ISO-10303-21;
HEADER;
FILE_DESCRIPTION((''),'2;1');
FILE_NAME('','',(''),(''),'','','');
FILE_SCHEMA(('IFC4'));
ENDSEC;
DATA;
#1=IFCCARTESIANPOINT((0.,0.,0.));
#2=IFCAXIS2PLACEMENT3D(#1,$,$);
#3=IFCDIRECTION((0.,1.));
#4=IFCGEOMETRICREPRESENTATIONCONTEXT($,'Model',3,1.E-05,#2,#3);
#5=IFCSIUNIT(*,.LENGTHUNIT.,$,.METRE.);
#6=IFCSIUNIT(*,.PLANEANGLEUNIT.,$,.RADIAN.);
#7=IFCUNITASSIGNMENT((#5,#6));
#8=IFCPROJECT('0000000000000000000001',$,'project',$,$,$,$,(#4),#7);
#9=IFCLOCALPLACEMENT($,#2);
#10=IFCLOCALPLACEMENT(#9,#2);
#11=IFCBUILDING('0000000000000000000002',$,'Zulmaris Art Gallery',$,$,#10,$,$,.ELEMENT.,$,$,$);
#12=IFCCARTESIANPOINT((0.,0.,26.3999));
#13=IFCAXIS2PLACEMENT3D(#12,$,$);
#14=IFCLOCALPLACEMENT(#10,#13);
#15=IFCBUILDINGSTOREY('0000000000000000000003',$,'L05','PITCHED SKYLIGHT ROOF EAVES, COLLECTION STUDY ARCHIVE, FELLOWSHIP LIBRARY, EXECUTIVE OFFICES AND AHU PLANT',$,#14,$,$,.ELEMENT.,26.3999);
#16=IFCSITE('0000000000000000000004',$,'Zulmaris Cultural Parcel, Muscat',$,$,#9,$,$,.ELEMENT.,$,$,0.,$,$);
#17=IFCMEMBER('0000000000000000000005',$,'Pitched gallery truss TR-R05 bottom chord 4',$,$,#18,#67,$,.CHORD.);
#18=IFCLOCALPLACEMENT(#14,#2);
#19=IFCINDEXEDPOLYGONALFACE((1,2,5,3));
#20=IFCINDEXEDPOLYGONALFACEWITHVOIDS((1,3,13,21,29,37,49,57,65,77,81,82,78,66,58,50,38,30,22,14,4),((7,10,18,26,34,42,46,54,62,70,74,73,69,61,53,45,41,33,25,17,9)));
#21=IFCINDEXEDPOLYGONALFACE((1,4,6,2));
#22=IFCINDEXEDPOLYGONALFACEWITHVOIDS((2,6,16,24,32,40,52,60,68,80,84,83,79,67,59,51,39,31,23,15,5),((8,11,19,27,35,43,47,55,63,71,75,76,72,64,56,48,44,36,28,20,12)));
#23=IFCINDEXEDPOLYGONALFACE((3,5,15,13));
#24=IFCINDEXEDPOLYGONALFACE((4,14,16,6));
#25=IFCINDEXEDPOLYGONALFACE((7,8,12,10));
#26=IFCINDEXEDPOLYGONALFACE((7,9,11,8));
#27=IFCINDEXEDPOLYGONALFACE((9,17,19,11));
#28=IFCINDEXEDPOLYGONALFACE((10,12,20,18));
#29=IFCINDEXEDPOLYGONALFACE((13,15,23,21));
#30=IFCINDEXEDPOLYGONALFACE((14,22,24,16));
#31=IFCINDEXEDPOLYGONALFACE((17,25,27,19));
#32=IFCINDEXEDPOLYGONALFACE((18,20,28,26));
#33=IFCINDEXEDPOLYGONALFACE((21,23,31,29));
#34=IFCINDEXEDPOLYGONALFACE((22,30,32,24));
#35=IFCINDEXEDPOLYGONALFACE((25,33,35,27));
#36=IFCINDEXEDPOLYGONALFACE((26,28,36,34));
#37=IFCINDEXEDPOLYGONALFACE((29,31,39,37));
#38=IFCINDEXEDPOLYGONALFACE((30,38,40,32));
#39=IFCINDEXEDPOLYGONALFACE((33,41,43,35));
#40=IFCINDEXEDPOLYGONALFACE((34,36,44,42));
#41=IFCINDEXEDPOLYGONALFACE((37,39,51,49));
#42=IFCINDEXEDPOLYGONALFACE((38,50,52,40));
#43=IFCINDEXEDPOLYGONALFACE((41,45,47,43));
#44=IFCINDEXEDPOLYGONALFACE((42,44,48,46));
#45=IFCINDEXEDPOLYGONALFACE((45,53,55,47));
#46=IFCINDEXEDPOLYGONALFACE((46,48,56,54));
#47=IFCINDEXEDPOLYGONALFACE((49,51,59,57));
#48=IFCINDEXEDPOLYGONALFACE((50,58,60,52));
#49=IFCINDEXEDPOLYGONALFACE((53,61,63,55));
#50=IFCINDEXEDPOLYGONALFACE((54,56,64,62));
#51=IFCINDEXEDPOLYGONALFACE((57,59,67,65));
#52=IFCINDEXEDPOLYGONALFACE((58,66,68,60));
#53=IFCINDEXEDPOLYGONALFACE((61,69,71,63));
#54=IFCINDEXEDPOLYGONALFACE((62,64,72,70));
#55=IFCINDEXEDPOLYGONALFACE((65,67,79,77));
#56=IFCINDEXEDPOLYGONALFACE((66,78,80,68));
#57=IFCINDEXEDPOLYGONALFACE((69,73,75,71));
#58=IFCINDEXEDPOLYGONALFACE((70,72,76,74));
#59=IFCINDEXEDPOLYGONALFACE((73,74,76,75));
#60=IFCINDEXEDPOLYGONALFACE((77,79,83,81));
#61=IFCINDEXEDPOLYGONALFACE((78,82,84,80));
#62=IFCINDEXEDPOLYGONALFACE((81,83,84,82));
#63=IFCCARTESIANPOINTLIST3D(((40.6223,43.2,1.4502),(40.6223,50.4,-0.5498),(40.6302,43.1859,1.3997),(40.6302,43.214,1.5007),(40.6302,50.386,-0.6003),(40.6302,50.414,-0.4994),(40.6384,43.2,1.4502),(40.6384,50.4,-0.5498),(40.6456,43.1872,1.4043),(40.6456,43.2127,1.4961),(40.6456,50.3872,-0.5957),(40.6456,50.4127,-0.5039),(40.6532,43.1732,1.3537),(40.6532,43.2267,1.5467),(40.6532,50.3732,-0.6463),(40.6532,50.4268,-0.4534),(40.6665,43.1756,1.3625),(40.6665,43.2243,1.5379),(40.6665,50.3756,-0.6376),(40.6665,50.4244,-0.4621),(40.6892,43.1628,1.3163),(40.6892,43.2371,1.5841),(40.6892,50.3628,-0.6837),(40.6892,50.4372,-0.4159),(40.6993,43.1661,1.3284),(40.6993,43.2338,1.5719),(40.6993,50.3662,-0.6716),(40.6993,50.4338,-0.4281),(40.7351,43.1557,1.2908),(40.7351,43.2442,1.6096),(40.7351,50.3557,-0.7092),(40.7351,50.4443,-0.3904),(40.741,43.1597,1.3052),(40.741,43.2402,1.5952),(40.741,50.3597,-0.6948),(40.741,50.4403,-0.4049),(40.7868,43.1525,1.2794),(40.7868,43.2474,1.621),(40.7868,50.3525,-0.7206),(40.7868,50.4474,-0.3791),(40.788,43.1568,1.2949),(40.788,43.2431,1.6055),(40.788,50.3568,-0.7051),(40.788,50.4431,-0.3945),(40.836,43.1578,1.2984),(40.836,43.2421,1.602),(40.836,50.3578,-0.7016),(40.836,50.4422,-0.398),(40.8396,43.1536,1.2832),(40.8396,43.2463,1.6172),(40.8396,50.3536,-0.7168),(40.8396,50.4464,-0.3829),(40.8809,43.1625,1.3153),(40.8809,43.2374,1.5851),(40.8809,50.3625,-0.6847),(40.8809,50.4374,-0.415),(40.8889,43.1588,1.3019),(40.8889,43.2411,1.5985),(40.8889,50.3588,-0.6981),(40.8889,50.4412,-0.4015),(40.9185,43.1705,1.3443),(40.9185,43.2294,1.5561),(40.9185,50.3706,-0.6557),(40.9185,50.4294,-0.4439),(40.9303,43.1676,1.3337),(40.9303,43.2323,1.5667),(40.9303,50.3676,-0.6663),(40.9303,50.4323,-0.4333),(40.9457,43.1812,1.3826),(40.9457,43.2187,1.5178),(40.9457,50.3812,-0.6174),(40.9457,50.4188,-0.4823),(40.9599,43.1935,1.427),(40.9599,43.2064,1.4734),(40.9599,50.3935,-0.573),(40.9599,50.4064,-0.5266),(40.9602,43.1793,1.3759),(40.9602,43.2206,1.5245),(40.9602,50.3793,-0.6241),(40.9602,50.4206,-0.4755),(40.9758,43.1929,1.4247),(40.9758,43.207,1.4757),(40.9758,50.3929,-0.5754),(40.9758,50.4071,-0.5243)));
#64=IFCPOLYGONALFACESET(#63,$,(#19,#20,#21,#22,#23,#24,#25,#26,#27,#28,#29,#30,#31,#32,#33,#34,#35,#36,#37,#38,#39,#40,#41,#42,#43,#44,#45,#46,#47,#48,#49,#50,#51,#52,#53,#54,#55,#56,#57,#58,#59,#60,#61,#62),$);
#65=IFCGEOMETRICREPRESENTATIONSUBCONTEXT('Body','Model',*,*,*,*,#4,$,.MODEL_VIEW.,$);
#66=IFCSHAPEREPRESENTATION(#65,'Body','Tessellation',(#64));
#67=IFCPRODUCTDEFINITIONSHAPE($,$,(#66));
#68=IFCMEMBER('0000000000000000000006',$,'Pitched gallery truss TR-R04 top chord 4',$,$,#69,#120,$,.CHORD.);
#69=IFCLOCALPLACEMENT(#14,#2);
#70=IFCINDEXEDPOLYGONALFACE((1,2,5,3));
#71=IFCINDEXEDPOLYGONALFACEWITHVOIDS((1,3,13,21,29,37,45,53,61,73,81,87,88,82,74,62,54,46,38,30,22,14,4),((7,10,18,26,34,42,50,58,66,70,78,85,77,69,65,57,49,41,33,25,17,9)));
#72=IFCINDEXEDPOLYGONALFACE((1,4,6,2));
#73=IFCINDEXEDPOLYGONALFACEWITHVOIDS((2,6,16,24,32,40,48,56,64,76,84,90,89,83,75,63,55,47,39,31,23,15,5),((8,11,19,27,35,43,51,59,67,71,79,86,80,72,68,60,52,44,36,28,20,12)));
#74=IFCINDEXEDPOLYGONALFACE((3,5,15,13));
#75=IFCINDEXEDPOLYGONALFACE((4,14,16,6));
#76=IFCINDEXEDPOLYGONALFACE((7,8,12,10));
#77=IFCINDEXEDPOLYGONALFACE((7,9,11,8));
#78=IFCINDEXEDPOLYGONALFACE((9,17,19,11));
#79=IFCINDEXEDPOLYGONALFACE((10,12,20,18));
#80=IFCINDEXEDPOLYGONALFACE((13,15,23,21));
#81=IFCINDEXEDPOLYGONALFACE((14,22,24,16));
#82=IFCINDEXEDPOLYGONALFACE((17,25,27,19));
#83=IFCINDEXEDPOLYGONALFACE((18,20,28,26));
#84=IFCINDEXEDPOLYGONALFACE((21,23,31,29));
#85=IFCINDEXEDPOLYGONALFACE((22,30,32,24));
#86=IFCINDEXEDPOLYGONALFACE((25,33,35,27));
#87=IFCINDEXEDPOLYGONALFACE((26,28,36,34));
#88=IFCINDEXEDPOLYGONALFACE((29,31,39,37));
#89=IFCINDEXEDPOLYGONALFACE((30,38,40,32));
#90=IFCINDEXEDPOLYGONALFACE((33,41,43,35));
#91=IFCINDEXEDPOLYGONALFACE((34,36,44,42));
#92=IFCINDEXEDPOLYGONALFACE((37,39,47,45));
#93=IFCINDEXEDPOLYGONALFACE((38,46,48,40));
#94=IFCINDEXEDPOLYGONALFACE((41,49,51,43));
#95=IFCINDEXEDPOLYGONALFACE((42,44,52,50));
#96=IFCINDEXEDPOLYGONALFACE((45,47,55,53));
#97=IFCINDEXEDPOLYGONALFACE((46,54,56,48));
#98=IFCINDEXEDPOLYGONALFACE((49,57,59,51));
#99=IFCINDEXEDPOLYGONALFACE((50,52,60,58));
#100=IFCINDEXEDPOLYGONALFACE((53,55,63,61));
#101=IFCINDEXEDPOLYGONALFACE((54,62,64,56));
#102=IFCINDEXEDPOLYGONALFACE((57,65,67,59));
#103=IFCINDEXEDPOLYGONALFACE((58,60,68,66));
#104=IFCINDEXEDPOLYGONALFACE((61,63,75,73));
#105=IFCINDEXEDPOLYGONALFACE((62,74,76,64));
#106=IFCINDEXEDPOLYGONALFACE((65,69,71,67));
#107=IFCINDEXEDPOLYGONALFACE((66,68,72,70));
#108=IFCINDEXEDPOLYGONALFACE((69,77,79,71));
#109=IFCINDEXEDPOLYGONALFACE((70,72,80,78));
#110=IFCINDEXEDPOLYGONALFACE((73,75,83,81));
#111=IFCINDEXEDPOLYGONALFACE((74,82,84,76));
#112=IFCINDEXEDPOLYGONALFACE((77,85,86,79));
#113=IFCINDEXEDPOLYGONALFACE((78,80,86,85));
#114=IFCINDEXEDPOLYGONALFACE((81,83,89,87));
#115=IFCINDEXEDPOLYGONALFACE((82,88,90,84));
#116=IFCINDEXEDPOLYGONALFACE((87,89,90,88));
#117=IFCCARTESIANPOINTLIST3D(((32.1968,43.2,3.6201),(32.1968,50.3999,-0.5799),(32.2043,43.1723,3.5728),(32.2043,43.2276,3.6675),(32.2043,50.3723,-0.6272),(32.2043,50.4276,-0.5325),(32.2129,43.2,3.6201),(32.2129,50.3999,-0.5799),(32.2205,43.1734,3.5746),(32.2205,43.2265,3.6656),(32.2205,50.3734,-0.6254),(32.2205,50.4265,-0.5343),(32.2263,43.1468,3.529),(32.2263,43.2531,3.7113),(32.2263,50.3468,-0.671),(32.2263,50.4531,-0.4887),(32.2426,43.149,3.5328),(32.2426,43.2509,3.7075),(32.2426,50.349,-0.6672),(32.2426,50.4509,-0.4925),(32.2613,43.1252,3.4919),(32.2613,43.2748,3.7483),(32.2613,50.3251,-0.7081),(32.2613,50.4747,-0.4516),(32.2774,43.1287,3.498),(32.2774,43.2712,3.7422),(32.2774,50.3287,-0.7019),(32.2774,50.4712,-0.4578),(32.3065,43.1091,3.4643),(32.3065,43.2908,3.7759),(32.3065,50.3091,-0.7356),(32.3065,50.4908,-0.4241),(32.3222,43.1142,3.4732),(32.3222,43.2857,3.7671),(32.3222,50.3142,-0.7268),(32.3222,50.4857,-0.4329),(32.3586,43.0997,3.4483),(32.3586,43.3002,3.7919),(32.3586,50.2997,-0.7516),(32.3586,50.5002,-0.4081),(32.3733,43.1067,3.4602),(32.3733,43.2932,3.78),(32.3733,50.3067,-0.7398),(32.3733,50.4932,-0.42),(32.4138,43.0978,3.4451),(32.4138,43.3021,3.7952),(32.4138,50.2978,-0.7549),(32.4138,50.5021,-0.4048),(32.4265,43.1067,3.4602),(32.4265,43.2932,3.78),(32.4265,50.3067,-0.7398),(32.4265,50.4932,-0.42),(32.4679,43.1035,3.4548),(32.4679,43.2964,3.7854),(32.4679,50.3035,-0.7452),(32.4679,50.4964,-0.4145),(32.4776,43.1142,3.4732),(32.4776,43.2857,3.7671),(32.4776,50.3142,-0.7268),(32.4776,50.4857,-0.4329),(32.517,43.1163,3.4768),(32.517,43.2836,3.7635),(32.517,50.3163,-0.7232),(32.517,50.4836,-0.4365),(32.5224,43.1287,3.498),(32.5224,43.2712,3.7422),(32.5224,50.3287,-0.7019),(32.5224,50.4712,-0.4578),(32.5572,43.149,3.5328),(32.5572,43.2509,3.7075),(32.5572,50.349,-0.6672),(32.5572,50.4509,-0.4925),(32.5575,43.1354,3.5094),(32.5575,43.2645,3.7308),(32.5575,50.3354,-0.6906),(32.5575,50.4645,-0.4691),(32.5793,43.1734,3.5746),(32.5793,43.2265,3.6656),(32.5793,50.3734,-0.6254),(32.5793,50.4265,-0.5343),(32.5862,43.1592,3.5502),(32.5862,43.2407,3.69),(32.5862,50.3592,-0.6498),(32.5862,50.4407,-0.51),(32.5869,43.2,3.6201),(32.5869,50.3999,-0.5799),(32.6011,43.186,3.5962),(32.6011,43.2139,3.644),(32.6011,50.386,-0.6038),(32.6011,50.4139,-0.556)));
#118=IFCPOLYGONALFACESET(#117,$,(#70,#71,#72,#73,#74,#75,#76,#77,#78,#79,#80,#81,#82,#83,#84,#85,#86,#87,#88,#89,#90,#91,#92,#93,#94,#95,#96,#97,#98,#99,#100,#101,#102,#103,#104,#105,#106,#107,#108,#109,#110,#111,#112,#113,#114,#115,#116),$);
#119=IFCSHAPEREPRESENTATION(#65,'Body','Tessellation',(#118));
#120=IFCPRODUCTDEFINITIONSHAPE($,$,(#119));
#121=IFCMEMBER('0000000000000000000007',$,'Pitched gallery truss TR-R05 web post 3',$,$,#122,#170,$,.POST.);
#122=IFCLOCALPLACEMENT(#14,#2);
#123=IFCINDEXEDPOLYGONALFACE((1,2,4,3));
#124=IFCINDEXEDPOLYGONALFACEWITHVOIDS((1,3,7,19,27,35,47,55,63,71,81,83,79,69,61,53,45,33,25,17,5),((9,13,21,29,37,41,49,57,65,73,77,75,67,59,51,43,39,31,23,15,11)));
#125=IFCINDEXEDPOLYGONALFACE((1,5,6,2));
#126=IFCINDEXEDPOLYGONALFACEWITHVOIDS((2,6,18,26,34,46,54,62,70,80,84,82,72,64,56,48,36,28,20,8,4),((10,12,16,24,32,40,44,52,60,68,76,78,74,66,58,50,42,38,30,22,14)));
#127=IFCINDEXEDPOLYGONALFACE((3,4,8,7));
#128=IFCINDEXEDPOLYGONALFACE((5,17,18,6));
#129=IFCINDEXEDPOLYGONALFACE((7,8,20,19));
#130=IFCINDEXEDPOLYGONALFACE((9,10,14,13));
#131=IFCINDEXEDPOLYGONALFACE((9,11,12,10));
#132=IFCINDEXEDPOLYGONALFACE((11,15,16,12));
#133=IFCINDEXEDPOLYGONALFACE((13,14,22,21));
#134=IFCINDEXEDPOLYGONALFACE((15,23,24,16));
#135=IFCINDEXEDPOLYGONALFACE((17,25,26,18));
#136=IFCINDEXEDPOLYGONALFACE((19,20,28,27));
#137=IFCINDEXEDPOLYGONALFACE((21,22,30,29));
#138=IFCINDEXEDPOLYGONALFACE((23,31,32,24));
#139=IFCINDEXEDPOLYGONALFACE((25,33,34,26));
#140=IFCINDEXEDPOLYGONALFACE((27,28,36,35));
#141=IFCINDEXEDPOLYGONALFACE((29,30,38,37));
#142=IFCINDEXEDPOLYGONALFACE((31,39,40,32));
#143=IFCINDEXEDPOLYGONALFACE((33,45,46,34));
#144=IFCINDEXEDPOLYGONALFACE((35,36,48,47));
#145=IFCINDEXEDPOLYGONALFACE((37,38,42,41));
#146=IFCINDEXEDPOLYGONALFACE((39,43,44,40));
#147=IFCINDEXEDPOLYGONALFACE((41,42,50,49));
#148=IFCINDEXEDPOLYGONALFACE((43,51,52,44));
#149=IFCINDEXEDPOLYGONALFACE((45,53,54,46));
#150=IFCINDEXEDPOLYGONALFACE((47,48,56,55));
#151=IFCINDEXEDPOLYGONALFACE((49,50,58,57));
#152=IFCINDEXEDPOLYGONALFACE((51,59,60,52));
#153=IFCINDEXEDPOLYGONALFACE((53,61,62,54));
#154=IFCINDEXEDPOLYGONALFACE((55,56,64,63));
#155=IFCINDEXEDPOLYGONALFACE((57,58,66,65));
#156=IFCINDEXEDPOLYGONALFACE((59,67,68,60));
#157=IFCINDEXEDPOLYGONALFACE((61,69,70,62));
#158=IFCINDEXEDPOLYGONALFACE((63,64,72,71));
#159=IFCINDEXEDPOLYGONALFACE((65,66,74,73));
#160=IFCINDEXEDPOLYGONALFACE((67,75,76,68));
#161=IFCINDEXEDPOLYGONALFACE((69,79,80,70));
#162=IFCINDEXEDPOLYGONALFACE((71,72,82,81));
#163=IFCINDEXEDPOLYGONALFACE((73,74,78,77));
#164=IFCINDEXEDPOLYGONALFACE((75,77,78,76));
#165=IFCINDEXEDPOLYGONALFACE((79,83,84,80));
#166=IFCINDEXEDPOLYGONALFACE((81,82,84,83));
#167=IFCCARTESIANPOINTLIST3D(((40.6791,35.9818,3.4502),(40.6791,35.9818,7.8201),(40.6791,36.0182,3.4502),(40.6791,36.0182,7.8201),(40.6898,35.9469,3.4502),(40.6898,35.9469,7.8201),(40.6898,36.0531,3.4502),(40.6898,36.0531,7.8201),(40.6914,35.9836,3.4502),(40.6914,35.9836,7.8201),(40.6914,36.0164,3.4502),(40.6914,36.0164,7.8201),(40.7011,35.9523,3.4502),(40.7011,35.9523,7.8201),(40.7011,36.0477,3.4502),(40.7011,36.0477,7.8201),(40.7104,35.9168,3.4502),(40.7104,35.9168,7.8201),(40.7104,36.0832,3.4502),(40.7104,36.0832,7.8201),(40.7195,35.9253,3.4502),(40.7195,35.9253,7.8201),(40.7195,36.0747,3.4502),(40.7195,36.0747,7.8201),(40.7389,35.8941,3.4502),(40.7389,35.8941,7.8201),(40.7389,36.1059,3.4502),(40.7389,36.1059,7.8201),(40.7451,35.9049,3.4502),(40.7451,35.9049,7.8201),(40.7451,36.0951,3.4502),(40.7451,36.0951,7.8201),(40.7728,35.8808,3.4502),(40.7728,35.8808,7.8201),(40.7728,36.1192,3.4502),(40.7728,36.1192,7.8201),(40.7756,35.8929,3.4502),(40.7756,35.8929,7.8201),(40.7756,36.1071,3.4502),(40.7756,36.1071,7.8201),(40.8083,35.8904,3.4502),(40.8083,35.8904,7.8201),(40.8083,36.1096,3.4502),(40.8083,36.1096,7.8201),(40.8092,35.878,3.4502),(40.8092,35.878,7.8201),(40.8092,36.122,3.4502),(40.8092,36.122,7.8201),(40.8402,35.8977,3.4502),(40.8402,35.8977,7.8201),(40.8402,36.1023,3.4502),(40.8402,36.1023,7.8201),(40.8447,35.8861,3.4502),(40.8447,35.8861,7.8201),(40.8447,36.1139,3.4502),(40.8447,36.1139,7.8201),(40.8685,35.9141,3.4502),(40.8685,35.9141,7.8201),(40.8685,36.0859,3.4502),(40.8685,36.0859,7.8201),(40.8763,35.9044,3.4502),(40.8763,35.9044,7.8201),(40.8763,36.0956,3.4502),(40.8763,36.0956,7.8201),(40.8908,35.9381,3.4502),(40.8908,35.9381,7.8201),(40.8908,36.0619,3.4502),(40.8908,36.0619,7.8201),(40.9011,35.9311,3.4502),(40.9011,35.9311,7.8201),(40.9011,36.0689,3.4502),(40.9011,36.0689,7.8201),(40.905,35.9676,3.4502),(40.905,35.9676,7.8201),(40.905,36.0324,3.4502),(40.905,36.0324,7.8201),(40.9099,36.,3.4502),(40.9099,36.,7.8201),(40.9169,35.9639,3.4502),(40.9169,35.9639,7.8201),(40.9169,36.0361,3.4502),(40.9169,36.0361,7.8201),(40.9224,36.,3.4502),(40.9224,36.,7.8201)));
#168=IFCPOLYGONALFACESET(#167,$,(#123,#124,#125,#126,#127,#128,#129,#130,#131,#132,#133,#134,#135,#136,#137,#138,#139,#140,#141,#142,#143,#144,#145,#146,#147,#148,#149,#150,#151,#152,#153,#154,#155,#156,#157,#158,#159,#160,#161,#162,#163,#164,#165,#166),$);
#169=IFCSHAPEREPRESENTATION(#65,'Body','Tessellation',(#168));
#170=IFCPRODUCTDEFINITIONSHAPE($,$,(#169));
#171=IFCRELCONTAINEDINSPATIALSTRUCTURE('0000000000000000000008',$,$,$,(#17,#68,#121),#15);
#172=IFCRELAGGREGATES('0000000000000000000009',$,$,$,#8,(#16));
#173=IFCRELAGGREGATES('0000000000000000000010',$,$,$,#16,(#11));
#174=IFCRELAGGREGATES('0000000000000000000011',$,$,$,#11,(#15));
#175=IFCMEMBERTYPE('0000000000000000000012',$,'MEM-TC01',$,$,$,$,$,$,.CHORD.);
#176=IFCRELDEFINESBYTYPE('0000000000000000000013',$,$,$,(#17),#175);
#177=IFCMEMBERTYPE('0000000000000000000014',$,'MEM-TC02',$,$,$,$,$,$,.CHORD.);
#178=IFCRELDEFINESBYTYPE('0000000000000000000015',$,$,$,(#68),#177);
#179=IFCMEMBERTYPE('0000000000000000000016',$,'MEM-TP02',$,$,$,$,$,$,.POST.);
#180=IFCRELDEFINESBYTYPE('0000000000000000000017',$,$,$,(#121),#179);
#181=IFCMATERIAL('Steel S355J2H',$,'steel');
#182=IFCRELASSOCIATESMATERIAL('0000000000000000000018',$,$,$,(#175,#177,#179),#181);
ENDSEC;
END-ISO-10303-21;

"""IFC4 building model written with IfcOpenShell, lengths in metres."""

from ifc_helpers import new_model, si_unit, direction, frame, origin, origin_2d, place, context, subcontext, project, spatial, hollow_circle, extrude, material, material_profile, profile_set, type_object, element, save


model = new_model("IFC4")

# Units and contexts
model_context = context("Model", 3, precision=1e-05, world=origin(), true_north=direction((0.0, 1.0)))
body_context = subcontext(model_context, "Body", "Model", "MODEL_VIEW")
ifc_project = project(units=[si_unit("LENGTHUNIT", "METRE"), si_unit("PLANEANGLEUNIT", "RADIAN")], contexts=[model_context])

# Site, building, storey
site_placement = place(None, origin())
site = spatial("IfcSite", under=ifc_project, at=site_placement, Name="Zulmaris Cultural Parcel, Muscat", CompositionType="ELEMENT", RefElevation=0.0)
building_placement = place(site_placement, origin())
building = spatial("IfcBuilding", under=site, at=building_placement, Name="Zulmaris Art Gallery", CompositionType="ELEMENT")
storey_placement = place(building_placement, frame((0.0, 0.0, 26.3999)))
storey = spatial("IfcBuildingStorey", under=building, at=storey_placement, Name="L05", Description="PITCHED SKYLIGHT ROOF EAVES, COLLECTION STUDY ARCHIVE, FELLOWSHIP LIBRARY, EXECUTIVE OFFICES AND AHU PLANT", CompositionType="ELEMENT", Elevation=26.3999)

# Members
ifc_material_1 = material(Name="Steel S355J2H", Category="steel")
ifc_material_profile_1 = material_profile(ifc_material_1, hollow_circle(Radius=0.1777, WallThickness=0.0161, at=origin_2d()), Name="CHS 355.6x16")
ifc_profile_set_1 = profile_set([ifc_material_profile_1], Name="Steel S355J2H")
member_type_1 = type_object("IfcMemberType", Name="MEM-TC01", PredefinedType="CHORD", material=ifc_profile_set_1)
member_1_placement = place(storey_placement, frame((40.8, 43.2, 1.4502), z_axis=(0.0, 0.963517, -0.267646), x_axis=(-1.0, 0.0, 0.0)))
element("IfcMember", 1, at=member_1_placement, inside=storey, type_object=member_type_1, Name="Pitched gallery truss TR-R05 bottom chord 4", PredefinedType="CHORD", context=body_context, shape_type="SweptSolid", body=[
    extrude(hollow_circle(Radius=0.1777, WallThickness=0.0161, at=origin_2d()), origin(), (0.0, 0.0, 1.0), 7.4727),
])
ifc_material_profile_2 = material_profile(ifc_material_1, hollow_circle(Radius=0.2031, WallThickness=0.0161, at=origin_2d()), Name="CHS 406.4x16")
ifc_profile_set_2 = profile_set([ifc_material_profile_2], Name="Steel S355J2H")
member_type_2 = type_object("IfcMemberType", Name="MEM-TC02", PredefinedType="CHORD", material=ifc_profile_set_2)
member_2_placement = place(storey_placement, frame((32.3999, 43.2, 3.6201), z_axis=(0.0, 0.86378, -0.503869), x_axis=(-1.0, 0.0, 0.0)))
element("IfcMember", 2, at=member_2_placement, inside=storey, type_object=member_type_2, Name="Pitched gallery truss TR-R04 top chord 4", PredefinedType="CHORD", context=body_context, shape_type="SweptSolid", body=[
    extrude(hollow_circle(Radius=0.2031, WallThickness=0.0161, at=origin_2d()), origin(), (0.0, 0.0, 1.0), 8.3354),
])
ifc_material_profile_3 = material_profile(ifc_material_1, hollow_circle(Radius=0.1223, WallThickness=0.0125, at=origin_2d()), Name="CHS 244.5x12.5")
ifc_profile_set_3 = profile_set([ifc_material_profile_3], Name="Steel S355J2H")
member_type_3 = type_object("IfcMemberType", Name="MEM-TP02", PredefinedType="POST", material=ifc_profile_set_3)
member_3_placement = place(storey_placement, frame((40.8, 36.0, 3.4502), z_axis=(0.0, 0.0, 1.0), x_axis=(1.0, 0.0, 0.0)))
element("IfcMember", 3, at=member_3_placement, inside=storey, type_object=member_type_3, Name="Pitched gallery truss TR-R05 web post 3", PredefinedType="POST", context=body_context, shape_type="SweptSolid", body=[
    extrude(hollow_circle(Radius=0.1223, WallThickness=0.0125, at=origin_2d()), origin(), (0.0, 0.0, 1.0), 4.3699),
])

save(model, "model.ifc")
